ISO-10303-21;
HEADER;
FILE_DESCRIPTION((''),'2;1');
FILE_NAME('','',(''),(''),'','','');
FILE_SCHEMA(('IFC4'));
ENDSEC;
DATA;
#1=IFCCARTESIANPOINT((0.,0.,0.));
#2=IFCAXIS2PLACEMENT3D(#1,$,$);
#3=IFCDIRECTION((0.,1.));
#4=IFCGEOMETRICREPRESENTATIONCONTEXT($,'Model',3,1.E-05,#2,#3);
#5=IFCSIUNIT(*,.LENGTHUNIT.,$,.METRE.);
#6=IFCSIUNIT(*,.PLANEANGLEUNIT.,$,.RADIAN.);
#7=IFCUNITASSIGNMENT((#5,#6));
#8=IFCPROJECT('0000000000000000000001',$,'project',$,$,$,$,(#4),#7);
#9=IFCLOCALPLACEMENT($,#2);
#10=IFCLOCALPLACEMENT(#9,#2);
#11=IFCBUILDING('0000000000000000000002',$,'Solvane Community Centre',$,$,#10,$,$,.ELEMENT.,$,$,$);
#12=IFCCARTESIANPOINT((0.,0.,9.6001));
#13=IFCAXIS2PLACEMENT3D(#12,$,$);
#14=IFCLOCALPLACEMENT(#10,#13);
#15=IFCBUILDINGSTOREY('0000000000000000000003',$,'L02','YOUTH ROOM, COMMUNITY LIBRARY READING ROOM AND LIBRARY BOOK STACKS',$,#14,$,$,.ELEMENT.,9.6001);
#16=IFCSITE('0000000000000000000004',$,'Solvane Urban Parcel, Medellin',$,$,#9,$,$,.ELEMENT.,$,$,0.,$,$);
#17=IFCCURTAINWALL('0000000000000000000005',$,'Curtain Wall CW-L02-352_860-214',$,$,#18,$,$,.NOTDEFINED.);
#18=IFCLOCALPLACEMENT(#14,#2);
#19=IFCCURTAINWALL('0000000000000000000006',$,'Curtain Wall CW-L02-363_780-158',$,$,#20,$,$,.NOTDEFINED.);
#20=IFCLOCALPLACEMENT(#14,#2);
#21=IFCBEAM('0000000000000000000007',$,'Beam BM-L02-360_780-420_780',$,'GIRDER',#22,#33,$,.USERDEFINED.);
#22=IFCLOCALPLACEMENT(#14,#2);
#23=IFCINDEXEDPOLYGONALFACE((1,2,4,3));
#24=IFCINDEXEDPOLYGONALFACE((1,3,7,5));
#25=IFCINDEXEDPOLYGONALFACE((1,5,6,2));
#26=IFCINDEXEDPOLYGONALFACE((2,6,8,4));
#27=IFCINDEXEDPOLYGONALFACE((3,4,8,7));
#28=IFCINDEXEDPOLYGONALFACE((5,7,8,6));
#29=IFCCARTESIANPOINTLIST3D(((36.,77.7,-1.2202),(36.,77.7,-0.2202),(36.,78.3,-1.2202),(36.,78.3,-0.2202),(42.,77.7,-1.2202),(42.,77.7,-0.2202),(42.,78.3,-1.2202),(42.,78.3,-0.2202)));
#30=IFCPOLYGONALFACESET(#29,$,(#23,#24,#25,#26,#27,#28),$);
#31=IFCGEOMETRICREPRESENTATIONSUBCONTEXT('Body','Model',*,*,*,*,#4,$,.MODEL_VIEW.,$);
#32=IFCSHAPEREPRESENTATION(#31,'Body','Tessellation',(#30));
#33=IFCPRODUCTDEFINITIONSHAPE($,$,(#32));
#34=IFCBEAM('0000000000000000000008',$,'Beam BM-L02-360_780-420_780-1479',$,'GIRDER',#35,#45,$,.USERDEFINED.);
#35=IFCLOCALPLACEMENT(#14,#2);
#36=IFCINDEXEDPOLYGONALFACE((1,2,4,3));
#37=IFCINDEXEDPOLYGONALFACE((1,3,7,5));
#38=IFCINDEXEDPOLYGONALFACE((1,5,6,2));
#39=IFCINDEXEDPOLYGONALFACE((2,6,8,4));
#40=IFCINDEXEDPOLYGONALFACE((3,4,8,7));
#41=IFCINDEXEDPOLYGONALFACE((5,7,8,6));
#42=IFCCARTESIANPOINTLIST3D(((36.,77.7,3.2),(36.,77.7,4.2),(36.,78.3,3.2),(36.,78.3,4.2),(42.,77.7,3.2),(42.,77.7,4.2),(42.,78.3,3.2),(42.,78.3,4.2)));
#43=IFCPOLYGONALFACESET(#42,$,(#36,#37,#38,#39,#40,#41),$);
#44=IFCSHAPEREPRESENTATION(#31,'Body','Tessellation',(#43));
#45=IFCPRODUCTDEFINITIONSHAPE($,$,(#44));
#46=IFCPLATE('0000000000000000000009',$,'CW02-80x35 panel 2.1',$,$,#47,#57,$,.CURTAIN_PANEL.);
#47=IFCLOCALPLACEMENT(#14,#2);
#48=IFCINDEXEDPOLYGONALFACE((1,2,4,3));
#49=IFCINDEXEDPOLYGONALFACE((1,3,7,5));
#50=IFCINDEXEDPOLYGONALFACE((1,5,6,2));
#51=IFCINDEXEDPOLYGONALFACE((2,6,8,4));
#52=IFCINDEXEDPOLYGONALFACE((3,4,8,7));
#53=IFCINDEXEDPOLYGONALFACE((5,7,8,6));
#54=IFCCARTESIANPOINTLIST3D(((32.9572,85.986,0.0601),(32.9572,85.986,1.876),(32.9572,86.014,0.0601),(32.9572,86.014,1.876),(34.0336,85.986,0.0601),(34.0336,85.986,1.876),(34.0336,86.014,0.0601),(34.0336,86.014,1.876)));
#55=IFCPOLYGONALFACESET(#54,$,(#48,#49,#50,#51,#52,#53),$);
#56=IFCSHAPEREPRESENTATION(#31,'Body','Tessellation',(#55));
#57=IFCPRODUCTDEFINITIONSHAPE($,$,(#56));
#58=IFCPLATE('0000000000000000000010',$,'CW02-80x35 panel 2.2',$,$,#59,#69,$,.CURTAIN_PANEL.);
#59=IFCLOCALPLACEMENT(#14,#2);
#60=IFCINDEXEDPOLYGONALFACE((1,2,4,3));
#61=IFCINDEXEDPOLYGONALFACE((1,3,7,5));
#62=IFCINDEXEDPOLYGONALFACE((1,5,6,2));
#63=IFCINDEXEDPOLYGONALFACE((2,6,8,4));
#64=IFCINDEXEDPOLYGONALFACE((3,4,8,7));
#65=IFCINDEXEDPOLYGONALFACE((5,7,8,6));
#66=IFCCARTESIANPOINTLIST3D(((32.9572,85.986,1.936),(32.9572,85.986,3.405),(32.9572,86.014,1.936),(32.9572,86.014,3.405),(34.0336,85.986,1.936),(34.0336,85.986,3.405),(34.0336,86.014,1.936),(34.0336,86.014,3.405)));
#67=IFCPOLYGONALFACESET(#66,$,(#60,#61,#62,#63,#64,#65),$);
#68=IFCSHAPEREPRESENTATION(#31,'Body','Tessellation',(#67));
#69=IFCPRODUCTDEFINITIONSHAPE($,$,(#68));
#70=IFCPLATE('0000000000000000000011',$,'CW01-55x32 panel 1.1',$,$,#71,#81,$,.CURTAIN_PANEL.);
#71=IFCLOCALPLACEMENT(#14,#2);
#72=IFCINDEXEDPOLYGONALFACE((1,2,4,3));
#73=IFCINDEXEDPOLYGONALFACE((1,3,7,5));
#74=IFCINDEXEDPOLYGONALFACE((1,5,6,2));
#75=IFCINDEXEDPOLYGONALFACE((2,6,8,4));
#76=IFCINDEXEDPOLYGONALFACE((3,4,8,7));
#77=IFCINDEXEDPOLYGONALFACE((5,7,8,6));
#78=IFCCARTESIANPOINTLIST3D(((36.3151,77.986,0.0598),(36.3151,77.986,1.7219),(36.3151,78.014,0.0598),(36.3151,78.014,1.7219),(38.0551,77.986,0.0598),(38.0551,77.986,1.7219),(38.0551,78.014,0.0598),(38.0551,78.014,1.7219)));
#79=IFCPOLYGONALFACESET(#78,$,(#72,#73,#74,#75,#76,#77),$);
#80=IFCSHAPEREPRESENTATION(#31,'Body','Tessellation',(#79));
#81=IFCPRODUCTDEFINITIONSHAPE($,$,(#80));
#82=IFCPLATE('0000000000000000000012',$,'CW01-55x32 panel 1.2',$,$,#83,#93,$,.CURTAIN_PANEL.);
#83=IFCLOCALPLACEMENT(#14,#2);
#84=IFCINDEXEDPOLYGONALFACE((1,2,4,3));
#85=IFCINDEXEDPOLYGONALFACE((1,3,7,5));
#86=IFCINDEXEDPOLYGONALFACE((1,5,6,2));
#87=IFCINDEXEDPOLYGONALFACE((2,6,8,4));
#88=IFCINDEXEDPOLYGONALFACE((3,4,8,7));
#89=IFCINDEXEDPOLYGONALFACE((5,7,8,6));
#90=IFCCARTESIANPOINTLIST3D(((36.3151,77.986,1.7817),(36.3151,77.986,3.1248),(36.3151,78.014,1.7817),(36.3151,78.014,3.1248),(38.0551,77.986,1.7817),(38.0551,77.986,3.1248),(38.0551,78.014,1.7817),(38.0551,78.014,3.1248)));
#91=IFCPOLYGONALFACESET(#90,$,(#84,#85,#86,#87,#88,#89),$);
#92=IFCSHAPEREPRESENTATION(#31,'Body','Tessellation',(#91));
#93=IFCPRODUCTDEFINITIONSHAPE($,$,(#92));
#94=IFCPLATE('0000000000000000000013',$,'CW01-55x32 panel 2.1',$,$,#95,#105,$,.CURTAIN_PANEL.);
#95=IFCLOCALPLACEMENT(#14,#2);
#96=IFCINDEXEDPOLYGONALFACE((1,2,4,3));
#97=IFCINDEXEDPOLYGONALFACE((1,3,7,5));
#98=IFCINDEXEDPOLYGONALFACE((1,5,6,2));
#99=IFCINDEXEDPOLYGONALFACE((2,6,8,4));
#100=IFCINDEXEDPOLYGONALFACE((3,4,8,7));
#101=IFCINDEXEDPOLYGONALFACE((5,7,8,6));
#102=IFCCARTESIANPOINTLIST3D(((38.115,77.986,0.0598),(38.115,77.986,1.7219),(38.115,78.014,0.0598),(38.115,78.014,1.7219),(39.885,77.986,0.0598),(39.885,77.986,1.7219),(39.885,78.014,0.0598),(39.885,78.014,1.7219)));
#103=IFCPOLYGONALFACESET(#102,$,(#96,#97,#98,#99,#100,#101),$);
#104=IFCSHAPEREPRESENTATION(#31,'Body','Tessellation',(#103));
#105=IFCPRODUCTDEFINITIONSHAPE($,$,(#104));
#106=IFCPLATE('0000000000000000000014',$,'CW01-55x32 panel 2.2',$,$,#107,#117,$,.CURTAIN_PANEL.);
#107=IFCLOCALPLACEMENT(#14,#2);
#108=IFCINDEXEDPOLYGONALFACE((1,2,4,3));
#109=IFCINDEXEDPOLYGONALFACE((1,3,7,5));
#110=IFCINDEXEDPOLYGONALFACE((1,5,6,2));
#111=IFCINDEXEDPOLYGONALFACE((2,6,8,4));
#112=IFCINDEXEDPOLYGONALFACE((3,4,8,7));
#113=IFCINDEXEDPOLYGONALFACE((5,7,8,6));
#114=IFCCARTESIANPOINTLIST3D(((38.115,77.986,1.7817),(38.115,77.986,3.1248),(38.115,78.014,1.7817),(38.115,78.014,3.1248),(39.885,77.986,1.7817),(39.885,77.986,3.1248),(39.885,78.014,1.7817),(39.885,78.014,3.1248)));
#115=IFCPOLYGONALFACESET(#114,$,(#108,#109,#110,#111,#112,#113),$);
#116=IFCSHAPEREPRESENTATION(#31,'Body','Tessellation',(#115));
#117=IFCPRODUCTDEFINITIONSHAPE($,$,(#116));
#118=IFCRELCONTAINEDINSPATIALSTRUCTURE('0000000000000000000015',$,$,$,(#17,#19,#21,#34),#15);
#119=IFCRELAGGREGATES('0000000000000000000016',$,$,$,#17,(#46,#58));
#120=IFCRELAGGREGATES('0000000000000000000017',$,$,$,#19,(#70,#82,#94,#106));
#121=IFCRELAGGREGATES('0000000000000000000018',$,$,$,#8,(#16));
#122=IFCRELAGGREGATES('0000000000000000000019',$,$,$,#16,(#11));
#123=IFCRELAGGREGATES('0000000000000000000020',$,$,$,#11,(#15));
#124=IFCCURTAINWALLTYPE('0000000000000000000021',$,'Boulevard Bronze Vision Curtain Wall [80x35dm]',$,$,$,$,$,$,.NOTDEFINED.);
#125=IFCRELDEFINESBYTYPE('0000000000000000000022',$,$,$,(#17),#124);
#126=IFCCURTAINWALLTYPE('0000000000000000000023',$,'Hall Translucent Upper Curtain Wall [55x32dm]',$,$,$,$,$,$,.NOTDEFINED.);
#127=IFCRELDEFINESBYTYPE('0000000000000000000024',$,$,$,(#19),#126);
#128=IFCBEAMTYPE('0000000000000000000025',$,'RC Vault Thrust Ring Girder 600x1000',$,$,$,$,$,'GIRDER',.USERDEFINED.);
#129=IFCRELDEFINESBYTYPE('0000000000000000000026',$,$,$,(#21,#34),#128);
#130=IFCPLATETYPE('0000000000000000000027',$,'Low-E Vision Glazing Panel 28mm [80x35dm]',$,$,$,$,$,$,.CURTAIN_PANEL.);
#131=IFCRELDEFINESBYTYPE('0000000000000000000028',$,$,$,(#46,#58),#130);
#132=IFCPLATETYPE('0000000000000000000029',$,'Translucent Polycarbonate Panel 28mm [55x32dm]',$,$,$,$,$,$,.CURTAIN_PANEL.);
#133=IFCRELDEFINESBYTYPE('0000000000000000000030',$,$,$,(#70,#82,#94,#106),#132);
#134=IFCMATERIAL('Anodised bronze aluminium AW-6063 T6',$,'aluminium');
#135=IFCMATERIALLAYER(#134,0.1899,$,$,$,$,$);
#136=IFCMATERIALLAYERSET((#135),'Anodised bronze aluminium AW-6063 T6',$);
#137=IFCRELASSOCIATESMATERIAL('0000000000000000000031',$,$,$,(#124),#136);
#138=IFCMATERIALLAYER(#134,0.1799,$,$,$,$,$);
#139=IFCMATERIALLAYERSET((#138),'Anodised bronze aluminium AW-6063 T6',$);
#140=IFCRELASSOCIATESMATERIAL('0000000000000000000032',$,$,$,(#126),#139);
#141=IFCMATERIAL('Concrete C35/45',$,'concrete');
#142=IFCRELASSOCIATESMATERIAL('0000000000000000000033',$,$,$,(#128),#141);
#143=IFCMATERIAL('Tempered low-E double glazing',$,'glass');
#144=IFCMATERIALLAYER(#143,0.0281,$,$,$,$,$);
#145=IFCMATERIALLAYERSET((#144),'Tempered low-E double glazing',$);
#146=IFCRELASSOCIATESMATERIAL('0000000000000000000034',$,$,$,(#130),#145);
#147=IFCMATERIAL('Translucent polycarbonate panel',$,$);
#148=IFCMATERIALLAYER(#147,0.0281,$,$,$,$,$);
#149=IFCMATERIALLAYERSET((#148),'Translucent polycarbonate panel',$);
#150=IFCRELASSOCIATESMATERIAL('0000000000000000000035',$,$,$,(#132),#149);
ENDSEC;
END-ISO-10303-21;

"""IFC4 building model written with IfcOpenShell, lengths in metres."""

from ifc_helpers import new_model, si_unit, direction, frame, origin, origin_2d, place, context, subcontext, project, spatial, rectangle, extrude, material, layer, layer_set, material_profile, profile_set, type_object, element, aggregate, save


model = new_model("IFC4")

# Units and contexts
model_context = context("Model", 3, precision=1e-05, world=origin(), true_north=direction((0.0, 1.0)))
body_context = subcontext(model_context, "Body", "Model", "MODEL_VIEW")
ifc_project = project(units=[si_unit("LENGTHUNIT", "METRE"), si_unit("PLANEANGLEUNIT", "RADIAN")], contexts=[model_context])

# Site, building, storey
site_placement = place(None, origin())
site = spatial("IfcSite", under=ifc_project, at=site_placement, Name="Solvane Urban Parcel, Medellin", CompositionType="ELEMENT", RefElevation=0.0)
building_placement = place(site_placement, origin())
building = spatial("IfcBuilding", under=site, at=building_placement, Name="Solvane Community Centre", CompositionType="ELEMENT")
storey_placement = place(building_placement, frame((0.0, 0.0, 9.6001)))
storey = spatial("IfcBuildingStorey", under=building, at=storey_placement, Name="L02", Description="YOUTH ROOM, COMMUNITY LIBRARY READING ROOM AND LIBRARY BOOK STACKS", CompositionType="ELEMENT", Elevation=9.6001)

# Curtain walls
ifc_material_1 = material(Name="Anodised bronze aluminium AW-6063 T6", Category="aluminium")
ifc_layer_1 = layer(ifc_material_1, 0.1899)
ifc_layer_set_1 = layer_set([ifc_layer_1], Name="Anodised bronze aluminium AW-6063 T6")
curtain_wall_type_1 = type_object("IfcCurtainWallType", Name="Boulevard Bronze Vision Curtain Wall [80x35dm]", PredefinedType="NOTDEFINED", material=ifc_layer_set_1)
curtain_wall_1_placement = place(storey_placement, origin())
curtain_wall_1 = element("IfcCurtainWall", 1, at=curtain_wall_1_placement, inside=storey, type_object=curtain_wall_type_1, Name="Curtain Wall CW-L02-352_860-214", PredefinedType="NOTDEFINED")
ifc_layer_2 = layer(ifc_material_1, 0.1799)
ifc_layer_set_2 = layer_set([ifc_layer_2], Name="Anodised bronze aluminium AW-6063 T6")
curtain_wall_type_2 = type_object("IfcCurtainWallType", Name="Hall Translucent Upper Curtain Wall [55x32dm]", PredefinedType="NOTDEFINED", material=ifc_layer_set_2)
curtain_wall_2_placement = place(storey_placement, origin())
curtain_wall_2 = element("IfcCurtainWall", 2, at=curtain_wall_2_placement, inside=storey, type_object=curtain_wall_type_2, Name="Curtain Wall CW-L02-363_780-158", PredefinedType="NOTDEFINED")

# Beams
ifc_material_2 = material(Name="Concrete C35/45", Category="concrete")
ifc_material_profile_1 = material_profile(ifc_material_2, rectangle(XDim=0.6001, YDim=1.0, at=origin_2d()), Name="RC 600x1000")
ifc_profile_set_1 = profile_set([ifc_material_profile_1], Name="Concrete C35/45")
beam_type = type_object("IfcBeamType", Name="RC Vault Thrust Ring Girder 600x1000", ElementType="GIRDER", PredefinedType="USERDEFINED", material=ifc_profile_set_1)
for number, where, z_axis, x_axis, name in (
    (3, (36.0, 78.0, -0.7202), (1.0, 0.0, 0.0), (0.0, 1.0, 0.0), "Beam BM-L02-360_780-420_780"),
    (4, (36.0, 78.0, 3.7), (1.0, 0.0, 0.0), (0.0, 1.0, 0.0), "Beam BM-L02-360_780-420_780-1479"),
):
    element("IfcBeam", number, at=place(storey_placement, frame(where, z_axis=z_axis, x_axis=x_axis)), inside=storey, type_object=beam_type, Name=name, ObjectType="GIRDER", PredefinedType="USERDEFINED", context=body_context, shape_type="SweptSolid", body=[
        extrude(rectangle(XDim=0.6001, YDim=1.0, at=origin_2d()), origin(), (0.0, 0.0, 1.0), 6.0),
    ])

# Plates
ifc_material_3 = material(Name="Tempered low-E double glazing", Category="glass")
ifc_layer_3 = layer(ifc_material_3, 0.0281)
ifc_layer_set_3 = layer_set([ifc_layer_3], Name="Tempered low-E double glazing")
plate_type_1 = type_object("IfcPlateType", Name="Low-E Vision Glazing Panel 28mm [80x35dm]", PredefinedType="CURTAIN_PANEL", material=ifc_layer_set_3)
plate_1_placement = place(storey_placement, frame((33.4954, 86.0, 0.0601), z_axis=(0.0, 0.0, 1.0), x_axis=(-1.0, 0.0, 0.0)))
plate_1 = element("IfcPlate", 5, at=plate_1_placement, type_object=plate_type_1, Name="CW02-80x35 panel 2.1", PredefinedType="CURTAIN_PANEL", context=body_context, shape_type="SweptSolid", body=[
    extrude(rectangle(XDim=1.0764, YDim=0.0281, at=origin_2d()), origin(), (0.0, 0.0, 1.0), 1.8159),
])
plate_2_placement = place(storey_placement, frame((33.4954, 86.0, 1.936), z_axis=(0.0, 0.0, 1.0), x_axis=(-1.0, 0.0, 0.0)))
plate_2 = element("IfcPlate", 6, at=plate_2_placement, type_object=plate_type_1, Name="CW02-80x35 panel 2.2", PredefinedType="CURTAIN_PANEL", context=body_context, shape_type="SweptSolid", body=[
    extrude(rectangle(XDim=1.0764, YDim=0.0281, at=origin_2d()), origin(), (0.0, 0.0, 1.0), 1.469),
])
aggregate(curtain_wall_1, [plate_1, plate_2])
ifc_material_4 = material(Name="Translucent polycarbonate panel")
ifc_layer_4 = layer(ifc_material_4, 0.0281)
ifc_layer_set_4 = layer_set([ifc_layer_4], Name="Translucent polycarbonate panel")
plate_type_2 = type_object("IfcPlateType", Name="Translucent Polycarbonate Panel 28mm [55x32dm]", PredefinedType="CURTAIN_PANEL", material=ifc_layer_set_4)
plate_3_placement = place(storey_placement, frame((37.1851, 78.0, 0.0598), z_axis=(0.0, 0.0, 1.0), x_axis=(1.0, 0.0, 0.0)))
plate_3 = element("IfcPlate", 7, at=plate_3_placement, type_object=plate_type_2, Name="CW01-55x32 panel 1.1", PredefinedType="CURTAIN_PANEL", context=body_context, shape_type="SweptSolid", body=[
    extrude(rectangle(XDim=1.74, YDim=0.0281, at=origin_2d()), origin(), (0.0, 0.0, 1.0), 1.6621),
])
plate_4_placement = place(storey_placement, frame((37.1851, 78.0, 1.7817), z_axis=(0.0, 0.0, 1.0), x_axis=(1.0, 0.0, 0.0)))
plate_4 = element("IfcPlate", 8, at=plate_4_placement, type_object=plate_type_2, Name="CW01-55x32 panel 1.2", PredefinedType="CURTAIN_PANEL", context=body_context, shape_type="SweptSolid", body=[
    extrude(rectangle(XDim=1.74, YDim=0.0281, at=origin_2d()), origin(), (0.0, 0.0, 1.0), 1.343),
])
plate_5_placement = place(storey_placement, frame((39.0, 78.0, 0.0598), z_axis=(0.0, 0.0, 1.0), x_axis=(1.0, 0.0, 0.0)))
plate_5 = element("IfcPlate", 9, at=plate_5_placement, type_object=plate_type_2, Name="CW01-55x32 panel 2.1", PredefinedType="CURTAIN_PANEL", context=body_context, shape_type="SweptSolid", body=[
    extrude(rectangle(XDim=1.77, YDim=0.0281, at=origin_2d()), origin(), (0.0, 0.0, 1.0), 1.6621),
])
plate_6_placement = place(storey_placement, frame((39.0, 78.0, 1.7817), z_axis=(0.0, 0.0, 1.0), x_axis=(1.0, 0.0, 0.0)))
plate_6 = element("IfcPlate", 10, at=plate_6_placement, type_object=plate_type_2, Name="CW01-55x32 panel 2.2", PredefinedType="CURTAIN_PANEL", context=body_context, shape_type="SweptSolid", body=[
    extrude(rectangle(XDim=1.77, YDim=0.0281, at=origin_2d()), origin(), (0.0, 0.0, 1.0), 1.343),
])
aggregate(curtain_wall_2, [plate_3, plate_4, plate_5, plate_6])

save(model, "model.ifc")
